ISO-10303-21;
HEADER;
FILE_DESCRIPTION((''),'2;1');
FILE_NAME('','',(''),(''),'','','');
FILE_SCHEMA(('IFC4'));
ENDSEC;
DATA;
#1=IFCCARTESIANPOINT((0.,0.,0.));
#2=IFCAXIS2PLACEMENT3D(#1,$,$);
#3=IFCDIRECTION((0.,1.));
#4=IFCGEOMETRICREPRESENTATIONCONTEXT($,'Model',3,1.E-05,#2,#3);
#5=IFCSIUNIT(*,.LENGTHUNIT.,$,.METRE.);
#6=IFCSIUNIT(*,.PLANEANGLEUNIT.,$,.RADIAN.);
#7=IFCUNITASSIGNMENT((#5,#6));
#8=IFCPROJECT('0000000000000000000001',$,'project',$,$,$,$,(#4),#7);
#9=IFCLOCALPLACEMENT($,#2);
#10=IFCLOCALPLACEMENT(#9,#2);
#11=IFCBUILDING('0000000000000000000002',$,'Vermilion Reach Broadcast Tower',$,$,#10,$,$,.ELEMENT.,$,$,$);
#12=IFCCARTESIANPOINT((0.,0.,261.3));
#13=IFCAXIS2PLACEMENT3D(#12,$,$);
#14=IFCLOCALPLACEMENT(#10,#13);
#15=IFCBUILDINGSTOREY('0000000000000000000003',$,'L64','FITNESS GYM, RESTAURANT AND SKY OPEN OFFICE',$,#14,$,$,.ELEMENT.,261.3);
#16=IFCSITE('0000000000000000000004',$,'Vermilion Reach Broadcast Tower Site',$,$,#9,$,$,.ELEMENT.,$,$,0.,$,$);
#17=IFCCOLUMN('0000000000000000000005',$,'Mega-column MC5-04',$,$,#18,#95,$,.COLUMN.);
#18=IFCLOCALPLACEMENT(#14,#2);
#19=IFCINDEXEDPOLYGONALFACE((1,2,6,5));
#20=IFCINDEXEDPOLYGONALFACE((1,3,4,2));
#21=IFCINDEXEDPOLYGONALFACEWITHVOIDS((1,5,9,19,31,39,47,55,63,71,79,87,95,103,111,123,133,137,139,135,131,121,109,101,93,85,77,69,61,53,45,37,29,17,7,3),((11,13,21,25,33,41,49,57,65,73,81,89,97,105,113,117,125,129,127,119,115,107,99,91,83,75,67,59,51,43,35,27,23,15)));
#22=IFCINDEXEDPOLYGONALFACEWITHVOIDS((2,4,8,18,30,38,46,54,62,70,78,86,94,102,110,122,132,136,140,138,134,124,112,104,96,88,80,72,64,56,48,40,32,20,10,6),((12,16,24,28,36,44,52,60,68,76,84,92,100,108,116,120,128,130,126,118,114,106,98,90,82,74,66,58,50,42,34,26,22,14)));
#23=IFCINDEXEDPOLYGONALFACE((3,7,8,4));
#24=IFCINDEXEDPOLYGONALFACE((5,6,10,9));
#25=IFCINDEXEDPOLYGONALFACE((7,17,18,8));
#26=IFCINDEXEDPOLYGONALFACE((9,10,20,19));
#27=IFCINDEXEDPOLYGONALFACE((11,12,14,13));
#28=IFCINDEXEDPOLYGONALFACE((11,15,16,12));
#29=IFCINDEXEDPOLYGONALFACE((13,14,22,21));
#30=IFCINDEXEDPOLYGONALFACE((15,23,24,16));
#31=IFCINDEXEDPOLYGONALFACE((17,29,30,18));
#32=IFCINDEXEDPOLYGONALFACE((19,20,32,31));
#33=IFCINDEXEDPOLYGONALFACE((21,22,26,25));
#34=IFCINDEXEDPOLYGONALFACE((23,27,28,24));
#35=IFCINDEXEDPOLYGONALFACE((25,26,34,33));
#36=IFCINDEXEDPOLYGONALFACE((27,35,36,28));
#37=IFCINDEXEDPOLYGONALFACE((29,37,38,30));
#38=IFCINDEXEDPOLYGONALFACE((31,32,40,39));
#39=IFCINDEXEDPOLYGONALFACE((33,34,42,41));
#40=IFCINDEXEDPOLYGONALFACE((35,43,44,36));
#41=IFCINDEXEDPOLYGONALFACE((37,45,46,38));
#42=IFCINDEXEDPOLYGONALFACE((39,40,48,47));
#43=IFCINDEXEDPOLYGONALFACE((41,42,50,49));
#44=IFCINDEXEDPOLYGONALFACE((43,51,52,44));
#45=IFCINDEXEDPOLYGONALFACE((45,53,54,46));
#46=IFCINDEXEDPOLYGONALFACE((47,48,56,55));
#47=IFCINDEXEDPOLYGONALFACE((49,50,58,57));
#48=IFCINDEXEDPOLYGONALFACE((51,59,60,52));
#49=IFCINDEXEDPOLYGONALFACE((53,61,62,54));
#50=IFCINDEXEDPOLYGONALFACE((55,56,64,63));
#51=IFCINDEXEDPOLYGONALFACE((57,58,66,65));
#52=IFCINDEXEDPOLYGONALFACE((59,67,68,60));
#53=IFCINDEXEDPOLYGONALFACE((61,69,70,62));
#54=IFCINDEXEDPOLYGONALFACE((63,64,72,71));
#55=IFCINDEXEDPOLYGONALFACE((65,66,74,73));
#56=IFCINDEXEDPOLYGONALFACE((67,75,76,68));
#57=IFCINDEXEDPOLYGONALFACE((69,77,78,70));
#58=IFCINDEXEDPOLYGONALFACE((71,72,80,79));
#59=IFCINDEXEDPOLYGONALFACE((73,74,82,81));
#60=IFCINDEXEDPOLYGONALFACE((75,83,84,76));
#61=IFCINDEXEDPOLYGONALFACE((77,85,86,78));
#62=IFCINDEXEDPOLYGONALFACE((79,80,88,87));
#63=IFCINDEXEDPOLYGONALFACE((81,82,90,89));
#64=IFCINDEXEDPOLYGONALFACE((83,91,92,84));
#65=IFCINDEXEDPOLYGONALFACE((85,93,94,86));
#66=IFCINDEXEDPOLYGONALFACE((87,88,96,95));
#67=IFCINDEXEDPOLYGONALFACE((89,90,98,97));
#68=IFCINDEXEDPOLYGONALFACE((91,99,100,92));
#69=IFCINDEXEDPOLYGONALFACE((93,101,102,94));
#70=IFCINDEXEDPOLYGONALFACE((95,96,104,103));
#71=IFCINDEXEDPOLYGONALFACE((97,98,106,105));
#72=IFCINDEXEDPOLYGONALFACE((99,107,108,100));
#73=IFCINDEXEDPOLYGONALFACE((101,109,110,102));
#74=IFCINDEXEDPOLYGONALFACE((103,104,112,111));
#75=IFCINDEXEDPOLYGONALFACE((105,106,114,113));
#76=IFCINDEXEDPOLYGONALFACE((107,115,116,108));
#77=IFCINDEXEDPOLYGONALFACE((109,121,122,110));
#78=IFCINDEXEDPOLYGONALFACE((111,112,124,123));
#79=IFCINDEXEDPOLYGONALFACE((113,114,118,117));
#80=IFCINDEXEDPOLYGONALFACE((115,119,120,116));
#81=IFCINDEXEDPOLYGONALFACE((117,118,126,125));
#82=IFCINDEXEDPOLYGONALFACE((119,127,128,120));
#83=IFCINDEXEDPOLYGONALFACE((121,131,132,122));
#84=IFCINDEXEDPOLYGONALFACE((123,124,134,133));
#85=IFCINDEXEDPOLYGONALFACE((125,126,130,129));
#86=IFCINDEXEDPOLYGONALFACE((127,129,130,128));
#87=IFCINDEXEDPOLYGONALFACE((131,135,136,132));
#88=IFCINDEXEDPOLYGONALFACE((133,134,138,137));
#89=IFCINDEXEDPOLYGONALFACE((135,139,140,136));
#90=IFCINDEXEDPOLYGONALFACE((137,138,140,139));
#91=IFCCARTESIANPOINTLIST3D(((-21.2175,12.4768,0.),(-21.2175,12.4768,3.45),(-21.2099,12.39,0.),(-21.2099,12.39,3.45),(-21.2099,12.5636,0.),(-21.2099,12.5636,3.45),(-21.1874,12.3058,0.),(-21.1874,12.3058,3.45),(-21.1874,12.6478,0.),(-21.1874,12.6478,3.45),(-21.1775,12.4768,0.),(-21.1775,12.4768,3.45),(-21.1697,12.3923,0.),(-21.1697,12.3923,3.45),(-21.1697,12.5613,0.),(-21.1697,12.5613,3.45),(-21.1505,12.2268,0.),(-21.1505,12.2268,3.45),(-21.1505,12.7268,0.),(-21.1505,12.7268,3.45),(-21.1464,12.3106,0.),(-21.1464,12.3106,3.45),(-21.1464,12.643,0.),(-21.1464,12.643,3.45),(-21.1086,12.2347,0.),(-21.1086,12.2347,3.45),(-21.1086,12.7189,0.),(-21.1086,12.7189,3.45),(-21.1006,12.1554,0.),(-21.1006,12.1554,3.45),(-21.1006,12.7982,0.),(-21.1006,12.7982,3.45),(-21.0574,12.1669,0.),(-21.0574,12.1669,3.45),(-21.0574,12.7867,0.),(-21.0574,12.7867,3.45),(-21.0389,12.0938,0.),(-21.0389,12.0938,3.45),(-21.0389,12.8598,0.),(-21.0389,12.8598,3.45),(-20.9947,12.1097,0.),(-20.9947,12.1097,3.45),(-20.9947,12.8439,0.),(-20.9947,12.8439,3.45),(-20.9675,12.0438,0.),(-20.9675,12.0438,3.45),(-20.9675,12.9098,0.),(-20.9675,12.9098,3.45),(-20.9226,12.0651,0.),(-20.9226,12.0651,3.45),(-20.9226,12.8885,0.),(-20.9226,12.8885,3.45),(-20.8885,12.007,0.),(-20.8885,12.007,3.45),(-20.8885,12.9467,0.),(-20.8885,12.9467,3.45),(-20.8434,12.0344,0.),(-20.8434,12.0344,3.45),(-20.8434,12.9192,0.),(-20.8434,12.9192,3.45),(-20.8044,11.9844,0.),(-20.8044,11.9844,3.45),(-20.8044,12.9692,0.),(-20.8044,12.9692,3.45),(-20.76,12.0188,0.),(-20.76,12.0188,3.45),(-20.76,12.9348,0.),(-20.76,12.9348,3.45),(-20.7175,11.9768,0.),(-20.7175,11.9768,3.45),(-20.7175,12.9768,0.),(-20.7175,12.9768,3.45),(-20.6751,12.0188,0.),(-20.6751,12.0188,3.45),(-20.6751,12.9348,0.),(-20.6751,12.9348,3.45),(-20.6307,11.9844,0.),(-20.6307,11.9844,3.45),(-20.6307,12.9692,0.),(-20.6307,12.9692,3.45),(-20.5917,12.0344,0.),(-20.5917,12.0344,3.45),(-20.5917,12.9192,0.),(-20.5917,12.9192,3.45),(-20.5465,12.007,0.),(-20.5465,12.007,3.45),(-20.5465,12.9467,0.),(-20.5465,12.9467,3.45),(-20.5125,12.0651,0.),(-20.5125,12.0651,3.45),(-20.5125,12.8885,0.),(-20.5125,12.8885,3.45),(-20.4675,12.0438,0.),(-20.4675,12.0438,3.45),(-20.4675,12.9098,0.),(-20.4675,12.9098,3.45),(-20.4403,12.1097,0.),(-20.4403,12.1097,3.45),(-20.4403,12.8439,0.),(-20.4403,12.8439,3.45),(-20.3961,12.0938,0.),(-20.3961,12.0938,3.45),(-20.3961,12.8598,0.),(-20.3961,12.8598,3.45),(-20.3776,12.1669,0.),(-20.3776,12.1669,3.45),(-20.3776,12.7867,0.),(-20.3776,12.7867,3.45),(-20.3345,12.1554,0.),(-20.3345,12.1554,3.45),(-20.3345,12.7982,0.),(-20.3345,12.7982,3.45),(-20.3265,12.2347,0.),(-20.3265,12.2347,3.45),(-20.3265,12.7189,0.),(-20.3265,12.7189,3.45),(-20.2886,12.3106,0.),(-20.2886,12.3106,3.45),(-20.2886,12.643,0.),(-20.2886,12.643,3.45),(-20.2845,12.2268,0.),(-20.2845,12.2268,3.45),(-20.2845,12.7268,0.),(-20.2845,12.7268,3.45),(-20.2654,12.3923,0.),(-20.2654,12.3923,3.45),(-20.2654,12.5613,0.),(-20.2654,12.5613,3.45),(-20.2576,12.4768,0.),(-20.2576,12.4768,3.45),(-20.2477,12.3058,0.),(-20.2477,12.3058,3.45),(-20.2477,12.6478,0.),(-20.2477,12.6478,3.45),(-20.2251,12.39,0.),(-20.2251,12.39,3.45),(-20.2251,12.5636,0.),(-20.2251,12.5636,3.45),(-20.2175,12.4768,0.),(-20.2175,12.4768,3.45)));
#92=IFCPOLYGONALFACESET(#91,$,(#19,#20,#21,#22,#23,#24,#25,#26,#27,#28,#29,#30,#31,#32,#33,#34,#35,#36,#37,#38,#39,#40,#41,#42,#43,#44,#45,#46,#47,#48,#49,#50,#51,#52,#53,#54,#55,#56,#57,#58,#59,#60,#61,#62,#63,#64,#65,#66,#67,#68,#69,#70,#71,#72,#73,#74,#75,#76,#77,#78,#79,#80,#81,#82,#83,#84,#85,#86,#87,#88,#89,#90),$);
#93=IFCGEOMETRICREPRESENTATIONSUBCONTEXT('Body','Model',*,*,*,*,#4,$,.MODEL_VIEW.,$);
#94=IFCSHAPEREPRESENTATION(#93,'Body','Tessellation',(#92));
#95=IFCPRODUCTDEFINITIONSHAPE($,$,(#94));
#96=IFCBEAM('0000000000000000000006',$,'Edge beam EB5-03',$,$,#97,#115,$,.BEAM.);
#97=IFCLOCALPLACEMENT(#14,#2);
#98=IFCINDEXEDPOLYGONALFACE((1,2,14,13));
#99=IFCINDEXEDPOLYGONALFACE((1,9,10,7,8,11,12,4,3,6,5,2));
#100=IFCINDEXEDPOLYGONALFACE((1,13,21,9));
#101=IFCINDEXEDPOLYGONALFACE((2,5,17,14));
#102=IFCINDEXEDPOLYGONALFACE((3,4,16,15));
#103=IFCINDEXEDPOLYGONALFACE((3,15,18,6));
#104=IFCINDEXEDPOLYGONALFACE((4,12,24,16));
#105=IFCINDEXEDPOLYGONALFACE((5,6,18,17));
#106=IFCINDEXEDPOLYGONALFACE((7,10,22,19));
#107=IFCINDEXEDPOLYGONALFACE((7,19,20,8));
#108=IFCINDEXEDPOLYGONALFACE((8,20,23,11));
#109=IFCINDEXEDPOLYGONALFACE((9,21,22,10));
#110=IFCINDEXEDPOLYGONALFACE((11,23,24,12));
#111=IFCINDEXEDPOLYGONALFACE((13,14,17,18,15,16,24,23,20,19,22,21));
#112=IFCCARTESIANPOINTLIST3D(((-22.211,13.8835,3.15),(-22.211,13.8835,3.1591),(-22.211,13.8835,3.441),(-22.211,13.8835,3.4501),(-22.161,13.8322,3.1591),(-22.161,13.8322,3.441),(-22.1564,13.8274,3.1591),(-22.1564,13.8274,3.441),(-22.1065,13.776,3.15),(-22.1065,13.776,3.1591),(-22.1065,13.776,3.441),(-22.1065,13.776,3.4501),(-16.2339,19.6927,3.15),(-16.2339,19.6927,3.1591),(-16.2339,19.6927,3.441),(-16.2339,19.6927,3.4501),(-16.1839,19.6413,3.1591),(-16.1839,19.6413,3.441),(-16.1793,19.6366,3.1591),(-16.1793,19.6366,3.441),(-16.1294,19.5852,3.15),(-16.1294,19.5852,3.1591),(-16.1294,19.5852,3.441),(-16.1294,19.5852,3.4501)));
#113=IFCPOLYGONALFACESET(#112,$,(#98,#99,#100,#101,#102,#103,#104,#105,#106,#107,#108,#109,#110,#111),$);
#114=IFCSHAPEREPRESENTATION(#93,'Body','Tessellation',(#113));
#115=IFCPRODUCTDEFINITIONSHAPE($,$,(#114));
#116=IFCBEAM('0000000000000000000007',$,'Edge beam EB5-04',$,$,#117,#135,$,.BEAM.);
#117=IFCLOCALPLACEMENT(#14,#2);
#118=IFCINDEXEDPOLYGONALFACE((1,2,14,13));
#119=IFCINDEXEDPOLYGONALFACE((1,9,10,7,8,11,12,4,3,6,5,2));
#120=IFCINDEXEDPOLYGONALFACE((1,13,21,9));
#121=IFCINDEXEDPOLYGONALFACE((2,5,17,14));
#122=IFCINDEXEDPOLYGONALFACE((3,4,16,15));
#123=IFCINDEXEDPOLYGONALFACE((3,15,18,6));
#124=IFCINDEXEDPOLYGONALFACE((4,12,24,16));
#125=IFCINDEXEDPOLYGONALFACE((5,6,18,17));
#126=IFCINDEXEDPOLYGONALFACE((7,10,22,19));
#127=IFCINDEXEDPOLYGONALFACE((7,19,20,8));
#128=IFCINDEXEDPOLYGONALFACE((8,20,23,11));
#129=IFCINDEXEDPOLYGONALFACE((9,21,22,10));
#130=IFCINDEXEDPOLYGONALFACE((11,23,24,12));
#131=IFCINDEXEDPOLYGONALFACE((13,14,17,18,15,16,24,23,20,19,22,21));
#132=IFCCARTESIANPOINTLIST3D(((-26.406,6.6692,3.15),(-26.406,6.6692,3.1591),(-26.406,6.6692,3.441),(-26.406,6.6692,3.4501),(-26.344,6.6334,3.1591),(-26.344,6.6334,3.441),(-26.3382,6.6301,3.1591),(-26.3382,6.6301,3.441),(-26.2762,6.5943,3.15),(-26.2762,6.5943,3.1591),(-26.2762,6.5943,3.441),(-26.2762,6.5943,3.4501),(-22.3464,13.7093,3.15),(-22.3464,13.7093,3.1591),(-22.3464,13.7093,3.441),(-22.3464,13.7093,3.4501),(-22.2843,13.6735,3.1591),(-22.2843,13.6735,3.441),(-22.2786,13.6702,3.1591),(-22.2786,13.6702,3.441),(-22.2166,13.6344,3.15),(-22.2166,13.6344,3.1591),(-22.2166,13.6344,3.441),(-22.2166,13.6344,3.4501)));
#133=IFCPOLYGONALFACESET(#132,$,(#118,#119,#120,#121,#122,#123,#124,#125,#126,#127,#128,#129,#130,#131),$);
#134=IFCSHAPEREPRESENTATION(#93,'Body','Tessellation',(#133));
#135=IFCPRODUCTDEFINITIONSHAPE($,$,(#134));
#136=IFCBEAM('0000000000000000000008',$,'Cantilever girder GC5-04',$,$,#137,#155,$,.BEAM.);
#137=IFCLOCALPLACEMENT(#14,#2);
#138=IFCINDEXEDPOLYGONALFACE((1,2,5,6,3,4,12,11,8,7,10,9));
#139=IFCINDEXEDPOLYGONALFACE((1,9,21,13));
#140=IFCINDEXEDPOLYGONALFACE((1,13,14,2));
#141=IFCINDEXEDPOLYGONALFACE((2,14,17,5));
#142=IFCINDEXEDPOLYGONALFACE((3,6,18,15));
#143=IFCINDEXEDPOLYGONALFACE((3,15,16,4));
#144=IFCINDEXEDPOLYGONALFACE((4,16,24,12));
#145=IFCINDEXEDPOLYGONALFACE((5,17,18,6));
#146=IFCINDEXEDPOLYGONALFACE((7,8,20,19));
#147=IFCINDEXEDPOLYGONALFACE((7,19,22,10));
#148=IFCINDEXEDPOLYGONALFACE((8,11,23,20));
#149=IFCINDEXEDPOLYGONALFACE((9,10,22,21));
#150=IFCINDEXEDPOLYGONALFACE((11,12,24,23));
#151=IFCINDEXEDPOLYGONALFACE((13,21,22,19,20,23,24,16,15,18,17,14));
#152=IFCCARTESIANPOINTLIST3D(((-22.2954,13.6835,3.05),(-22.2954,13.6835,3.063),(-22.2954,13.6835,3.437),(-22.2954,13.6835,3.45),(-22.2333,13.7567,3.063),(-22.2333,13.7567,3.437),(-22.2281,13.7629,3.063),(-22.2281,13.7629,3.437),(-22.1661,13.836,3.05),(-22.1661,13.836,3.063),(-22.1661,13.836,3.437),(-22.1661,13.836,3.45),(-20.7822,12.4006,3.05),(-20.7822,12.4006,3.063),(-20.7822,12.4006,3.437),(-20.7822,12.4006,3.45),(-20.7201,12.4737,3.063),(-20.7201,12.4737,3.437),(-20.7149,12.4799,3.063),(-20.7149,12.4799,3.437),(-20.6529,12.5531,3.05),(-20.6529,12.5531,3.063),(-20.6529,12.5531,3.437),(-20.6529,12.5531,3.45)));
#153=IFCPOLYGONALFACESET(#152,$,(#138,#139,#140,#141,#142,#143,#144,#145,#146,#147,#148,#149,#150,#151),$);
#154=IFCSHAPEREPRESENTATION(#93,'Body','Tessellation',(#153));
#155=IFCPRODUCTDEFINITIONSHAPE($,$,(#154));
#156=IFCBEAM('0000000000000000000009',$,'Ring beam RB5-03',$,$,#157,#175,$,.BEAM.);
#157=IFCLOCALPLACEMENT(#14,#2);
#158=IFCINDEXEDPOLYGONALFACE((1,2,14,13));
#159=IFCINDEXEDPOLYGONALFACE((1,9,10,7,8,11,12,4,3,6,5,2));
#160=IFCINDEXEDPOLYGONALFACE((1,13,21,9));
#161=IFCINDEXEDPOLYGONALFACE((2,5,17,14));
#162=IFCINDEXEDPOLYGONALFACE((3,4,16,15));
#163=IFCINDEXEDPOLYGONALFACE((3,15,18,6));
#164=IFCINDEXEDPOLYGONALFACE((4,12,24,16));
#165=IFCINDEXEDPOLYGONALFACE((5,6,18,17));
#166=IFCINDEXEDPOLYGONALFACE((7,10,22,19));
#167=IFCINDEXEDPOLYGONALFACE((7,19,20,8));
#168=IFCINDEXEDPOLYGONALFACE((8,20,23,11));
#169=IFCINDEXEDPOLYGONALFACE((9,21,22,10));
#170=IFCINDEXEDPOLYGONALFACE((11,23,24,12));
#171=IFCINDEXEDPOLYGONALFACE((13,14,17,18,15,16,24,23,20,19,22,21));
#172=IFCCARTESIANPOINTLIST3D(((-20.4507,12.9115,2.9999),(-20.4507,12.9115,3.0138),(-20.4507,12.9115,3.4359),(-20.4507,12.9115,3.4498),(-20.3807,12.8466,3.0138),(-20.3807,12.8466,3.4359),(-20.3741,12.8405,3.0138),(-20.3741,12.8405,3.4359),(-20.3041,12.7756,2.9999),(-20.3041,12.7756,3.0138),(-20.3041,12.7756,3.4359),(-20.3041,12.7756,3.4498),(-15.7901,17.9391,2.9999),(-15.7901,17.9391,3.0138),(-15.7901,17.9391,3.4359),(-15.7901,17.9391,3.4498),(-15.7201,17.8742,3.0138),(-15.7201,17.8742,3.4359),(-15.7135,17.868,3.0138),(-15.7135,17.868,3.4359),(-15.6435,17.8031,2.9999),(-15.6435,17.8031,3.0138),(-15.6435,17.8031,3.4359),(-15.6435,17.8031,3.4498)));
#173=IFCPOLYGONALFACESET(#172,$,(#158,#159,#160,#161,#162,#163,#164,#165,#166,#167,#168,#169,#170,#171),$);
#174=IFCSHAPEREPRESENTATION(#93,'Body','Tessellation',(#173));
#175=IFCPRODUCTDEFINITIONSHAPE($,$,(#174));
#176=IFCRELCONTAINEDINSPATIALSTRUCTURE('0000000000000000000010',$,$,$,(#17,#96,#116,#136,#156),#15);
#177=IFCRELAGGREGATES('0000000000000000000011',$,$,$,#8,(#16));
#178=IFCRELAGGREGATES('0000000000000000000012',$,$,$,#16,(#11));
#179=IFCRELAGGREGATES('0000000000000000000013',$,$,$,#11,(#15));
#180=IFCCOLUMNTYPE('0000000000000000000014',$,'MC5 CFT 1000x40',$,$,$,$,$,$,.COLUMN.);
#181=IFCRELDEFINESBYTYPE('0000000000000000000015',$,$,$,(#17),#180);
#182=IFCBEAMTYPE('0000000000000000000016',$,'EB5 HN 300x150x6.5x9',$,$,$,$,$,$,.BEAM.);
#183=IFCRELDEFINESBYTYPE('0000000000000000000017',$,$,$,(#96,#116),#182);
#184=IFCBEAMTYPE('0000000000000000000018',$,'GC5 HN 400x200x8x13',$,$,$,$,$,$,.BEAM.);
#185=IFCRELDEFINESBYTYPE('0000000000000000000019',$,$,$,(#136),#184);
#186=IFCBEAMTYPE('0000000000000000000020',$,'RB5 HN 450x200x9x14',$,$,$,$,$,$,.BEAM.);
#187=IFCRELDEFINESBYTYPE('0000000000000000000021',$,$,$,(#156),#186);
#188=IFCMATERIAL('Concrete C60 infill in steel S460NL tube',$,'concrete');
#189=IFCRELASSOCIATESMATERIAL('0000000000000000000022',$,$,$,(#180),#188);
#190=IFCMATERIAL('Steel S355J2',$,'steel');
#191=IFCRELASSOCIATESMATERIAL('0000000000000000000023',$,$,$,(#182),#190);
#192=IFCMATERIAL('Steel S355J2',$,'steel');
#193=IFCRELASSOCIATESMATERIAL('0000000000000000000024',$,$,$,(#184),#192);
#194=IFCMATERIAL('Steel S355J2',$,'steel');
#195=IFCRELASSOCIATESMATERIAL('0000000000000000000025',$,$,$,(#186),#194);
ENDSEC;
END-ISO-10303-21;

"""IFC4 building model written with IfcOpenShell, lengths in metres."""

from ifc_helpers import new_model, si_unit, direction, frame, origin, origin_2d, place, context, subcontext, project, spatial, hollow_circle, i_section, extrude, material, material_profile, profile_set, type_object, element, save


model = new_model("IFC4")

# Units and contexts
model_context = context("Model", 3, precision=1e-05, world=origin(), true_north=direction((0.0, 1.0)))
body_context = subcontext(model_context, "Body", "Model", "MODEL_VIEW")
ifc_project = project(units=[si_unit("LENGTHUNIT", "METRE"), si_unit("PLANEANGLEUNIT", "RADIAN")], contexts=[model_context])

# Site, building, storey
site_placement = place(None, origin())
site = spatial("IfcSite", under=ifc_project, at=site_placement, Name="Vermilion Reach Broadcast Tower Site", CompositionType="ELEMENT", RefElevation=0.0)
building_placement = place(site_placement, origin())
building = spatial("IfcBuilding", under=site, at=building_placement, Name="Vermilion Reach Broadcast Tower", CompositionType="ELEMENT")
storey_placement = place(building_placement, frame((0.0, 0.0, 261.3)))
storey = spatial("IfcBuildingStorey", under=building, at=storey_placement, Name="L64", Description="FITNESS GYM, RESTAURANT AND SKY OPEN OFFICE", CompositionType="ELEMENT", Elevation=261.3)

# Column
ifc_material_1 = material(Name="Concrete C60 infill in steel S460NL tube", Category="concrete")
ifc_material_profile_1 = material_profile(ifc_material_1, hollow_circle(Radius=0.5, WallThickness=0.04, at=origin_2d()), Name="Concrete C60 infill in steel S460NL tube CFT 1000x40")
ifc_profile_set_1 = profile_set([ifc_material_profile_1], Name="Concrete C60 infill in steel S460NL tube")
column_type = type_object("IfcColumnType", Name="MC5 CFT 1000x40", PredefinedType="COLUMN", material=ifc_profile_set_1)
column_placement = place(storey_placement, frame((-20.7175, 12.4768, 0.0), z_axis=(0.0, 0.0, 1.0), x_axis=(1.0, 0.0, 0.0)))
element("IfcColumn", 1, at=column_placement, inside=storey, type_object=column_type, Name="Mega-column MC5-04", PredefinedType="COLUMN", context=body_context, shape_type="SweptSolid", body=[
    extrude(hollow_circle(Radius=0.5, WallThickness=0.04, at=origin_2d()), origin(), (0.0, 0.0, 1.0), 3.45),
])

# Beams
ifc_material_2 = material(Name="Steel S355J2", Category="steel")
ifc_material_profile_2 = material_profile(ifc_material_2, i_section(OverallWidth=0.1499, OverallDepth=0.3, WebThickness=0.0066, FlangeThickness=0.009, at=origin_2d()), Name="S355J2 HN 300x150x6.5x9")
ifc_profile_set_2 = profile_set([ifc_material_profile_2], Name="Steel S355J2")
beam_type_1 = type_object("IfcBeamType", Name="EB5 HN 300x150x6.5x9", PredefinedType="BEAM", material=ifc_profile_set_2)
beam_1_placement = place(storey_placement, frame((-16.1816, 19.6389, 3.3), z_axis=(-0.717111, -0.696959, 0.0), x_axis=(0.696959, -0.717111, 0.0)))
element("IfcBeam", 2, at=beam_1_placement, inside=storey, type_object=beam_type_1, Name="Edge beam EB5-03", PredefinedType="BEAM", context=body_context, shape_type="SweptSolid", body=[
    extrude(i_section(OverallWidth=0.1499, OverallDepth=0.3, WebThickness=0.0066, FlangeThickness=0.009, at=origin_2d()), origin(), (0.0, 0.0, 1.0), 8.335),
])
beam_2_placement = place(storey_placement, frame((-22.2815, 13.6719, 3.3), z_axis=(-0.499539, -0.866292, 0.0), x_axis=(0.866292, -0.499539, 0.0)))
element("IfcBeam", 3, at=beam_2_placement, inside=storey, type_object=beam_type_1, Name="Edge beam EB5-04", PredefinedType="BEAM", context=body_context, shape_type="SweptSolid", body=[
    extrude(i_section(OverallWidth=0.1499, OverallDepth=0.3, WebThickness=0.0066, FlangeThickness=0.009, at=origin_2d()), origin(), (0.0, 0.0, 1.0), 8.1267),
])
ifc_material_3 = material(Name="Steel S355J2", Category="steel")
ifc_material_profile_3 = material_profile(ifc_material_3, i_section(OverallWidth=0.2, OverallDepth=0.3999, WebThickness=0.0081, FlangeThickness=0.0129, at=origin_2d()), Name="S355J2 HN 400x200x8x13")
ifc_profile_set_3 = profile_set([ifc_material_profile_3], Name="Steel S355J2")
beam_type_2 = type_object("IfcBeamType", Name="GC5 HN 400x200x8x13", PredefinedType="BEAM", material=ifc_profile_set_3)
beam_3_placement = place(storey_placement, frame((-20.7175, 12.4768, 3.25), z_axis=(-0.762746, 0.646698, 0.0), x_axis=(-0.646698, -0.762746, 0.0)))
element("IfcBeam", 4, at=beam_3_placement, inside=storey, type_object=beam_type_2, Name="Cantilever girder GC5-04", PredefinedType="BEAM", context=body_context, shape_type="SweptSolid", body=[
    extrude(i_section(OverallWidth=0.2, OverallDepth=0.3999, WebThickness=0.0081, FlangeThickness=0.0129, at=origin_2d()), origin(), (0.0, 0.0, 1.0), 1.9839),
])
ifc_material_4 = material(Name="Steel S355J2", Category="steel")
ifc_material_profile_4 = material_profile(ifc_material_4, i_section(OverallWidth=0.2, OverallDepth=0.45, WebThickness=0.009, FlangeThickness=0.0139, at=origin_2d()), Name="S355J2 HN 450x200x9x14")
ifc_profile_set_4 = profile_set([ifc_material_profile_4], Name="Steel S355J2")
beam_type_3 = type_object("IfcBeamType", Name="RB5 HN 450x200x9x14", PredefinedType="BEAM", material=ifc_profile_set_4)
beam_4_placement = place(storey_placement, frame((-15.7168, 17.8711, 3.2249), z_axis=(-0.679838, -0.733363, 0.0), x_axis=(0.733363, -0.679838, 0.0)))
element("IfcBeam", 5, at=beam_4_placement, inside=storey, type_object=beam_type_3, Name="Ring beam RB5-03", PredefinedType="BEAM", context=body_context, shape_type="SweptSolid", body=[
    extrude(i_section(OverallWidth=0.2, OverallDepth=0.45, WebThickness=0.009, FlangeThickness=0.0139, at=origin_2d()), origin(), (0.0, 0.0, 1.0), 6.8555),
])

save(model, "model.ifc")
